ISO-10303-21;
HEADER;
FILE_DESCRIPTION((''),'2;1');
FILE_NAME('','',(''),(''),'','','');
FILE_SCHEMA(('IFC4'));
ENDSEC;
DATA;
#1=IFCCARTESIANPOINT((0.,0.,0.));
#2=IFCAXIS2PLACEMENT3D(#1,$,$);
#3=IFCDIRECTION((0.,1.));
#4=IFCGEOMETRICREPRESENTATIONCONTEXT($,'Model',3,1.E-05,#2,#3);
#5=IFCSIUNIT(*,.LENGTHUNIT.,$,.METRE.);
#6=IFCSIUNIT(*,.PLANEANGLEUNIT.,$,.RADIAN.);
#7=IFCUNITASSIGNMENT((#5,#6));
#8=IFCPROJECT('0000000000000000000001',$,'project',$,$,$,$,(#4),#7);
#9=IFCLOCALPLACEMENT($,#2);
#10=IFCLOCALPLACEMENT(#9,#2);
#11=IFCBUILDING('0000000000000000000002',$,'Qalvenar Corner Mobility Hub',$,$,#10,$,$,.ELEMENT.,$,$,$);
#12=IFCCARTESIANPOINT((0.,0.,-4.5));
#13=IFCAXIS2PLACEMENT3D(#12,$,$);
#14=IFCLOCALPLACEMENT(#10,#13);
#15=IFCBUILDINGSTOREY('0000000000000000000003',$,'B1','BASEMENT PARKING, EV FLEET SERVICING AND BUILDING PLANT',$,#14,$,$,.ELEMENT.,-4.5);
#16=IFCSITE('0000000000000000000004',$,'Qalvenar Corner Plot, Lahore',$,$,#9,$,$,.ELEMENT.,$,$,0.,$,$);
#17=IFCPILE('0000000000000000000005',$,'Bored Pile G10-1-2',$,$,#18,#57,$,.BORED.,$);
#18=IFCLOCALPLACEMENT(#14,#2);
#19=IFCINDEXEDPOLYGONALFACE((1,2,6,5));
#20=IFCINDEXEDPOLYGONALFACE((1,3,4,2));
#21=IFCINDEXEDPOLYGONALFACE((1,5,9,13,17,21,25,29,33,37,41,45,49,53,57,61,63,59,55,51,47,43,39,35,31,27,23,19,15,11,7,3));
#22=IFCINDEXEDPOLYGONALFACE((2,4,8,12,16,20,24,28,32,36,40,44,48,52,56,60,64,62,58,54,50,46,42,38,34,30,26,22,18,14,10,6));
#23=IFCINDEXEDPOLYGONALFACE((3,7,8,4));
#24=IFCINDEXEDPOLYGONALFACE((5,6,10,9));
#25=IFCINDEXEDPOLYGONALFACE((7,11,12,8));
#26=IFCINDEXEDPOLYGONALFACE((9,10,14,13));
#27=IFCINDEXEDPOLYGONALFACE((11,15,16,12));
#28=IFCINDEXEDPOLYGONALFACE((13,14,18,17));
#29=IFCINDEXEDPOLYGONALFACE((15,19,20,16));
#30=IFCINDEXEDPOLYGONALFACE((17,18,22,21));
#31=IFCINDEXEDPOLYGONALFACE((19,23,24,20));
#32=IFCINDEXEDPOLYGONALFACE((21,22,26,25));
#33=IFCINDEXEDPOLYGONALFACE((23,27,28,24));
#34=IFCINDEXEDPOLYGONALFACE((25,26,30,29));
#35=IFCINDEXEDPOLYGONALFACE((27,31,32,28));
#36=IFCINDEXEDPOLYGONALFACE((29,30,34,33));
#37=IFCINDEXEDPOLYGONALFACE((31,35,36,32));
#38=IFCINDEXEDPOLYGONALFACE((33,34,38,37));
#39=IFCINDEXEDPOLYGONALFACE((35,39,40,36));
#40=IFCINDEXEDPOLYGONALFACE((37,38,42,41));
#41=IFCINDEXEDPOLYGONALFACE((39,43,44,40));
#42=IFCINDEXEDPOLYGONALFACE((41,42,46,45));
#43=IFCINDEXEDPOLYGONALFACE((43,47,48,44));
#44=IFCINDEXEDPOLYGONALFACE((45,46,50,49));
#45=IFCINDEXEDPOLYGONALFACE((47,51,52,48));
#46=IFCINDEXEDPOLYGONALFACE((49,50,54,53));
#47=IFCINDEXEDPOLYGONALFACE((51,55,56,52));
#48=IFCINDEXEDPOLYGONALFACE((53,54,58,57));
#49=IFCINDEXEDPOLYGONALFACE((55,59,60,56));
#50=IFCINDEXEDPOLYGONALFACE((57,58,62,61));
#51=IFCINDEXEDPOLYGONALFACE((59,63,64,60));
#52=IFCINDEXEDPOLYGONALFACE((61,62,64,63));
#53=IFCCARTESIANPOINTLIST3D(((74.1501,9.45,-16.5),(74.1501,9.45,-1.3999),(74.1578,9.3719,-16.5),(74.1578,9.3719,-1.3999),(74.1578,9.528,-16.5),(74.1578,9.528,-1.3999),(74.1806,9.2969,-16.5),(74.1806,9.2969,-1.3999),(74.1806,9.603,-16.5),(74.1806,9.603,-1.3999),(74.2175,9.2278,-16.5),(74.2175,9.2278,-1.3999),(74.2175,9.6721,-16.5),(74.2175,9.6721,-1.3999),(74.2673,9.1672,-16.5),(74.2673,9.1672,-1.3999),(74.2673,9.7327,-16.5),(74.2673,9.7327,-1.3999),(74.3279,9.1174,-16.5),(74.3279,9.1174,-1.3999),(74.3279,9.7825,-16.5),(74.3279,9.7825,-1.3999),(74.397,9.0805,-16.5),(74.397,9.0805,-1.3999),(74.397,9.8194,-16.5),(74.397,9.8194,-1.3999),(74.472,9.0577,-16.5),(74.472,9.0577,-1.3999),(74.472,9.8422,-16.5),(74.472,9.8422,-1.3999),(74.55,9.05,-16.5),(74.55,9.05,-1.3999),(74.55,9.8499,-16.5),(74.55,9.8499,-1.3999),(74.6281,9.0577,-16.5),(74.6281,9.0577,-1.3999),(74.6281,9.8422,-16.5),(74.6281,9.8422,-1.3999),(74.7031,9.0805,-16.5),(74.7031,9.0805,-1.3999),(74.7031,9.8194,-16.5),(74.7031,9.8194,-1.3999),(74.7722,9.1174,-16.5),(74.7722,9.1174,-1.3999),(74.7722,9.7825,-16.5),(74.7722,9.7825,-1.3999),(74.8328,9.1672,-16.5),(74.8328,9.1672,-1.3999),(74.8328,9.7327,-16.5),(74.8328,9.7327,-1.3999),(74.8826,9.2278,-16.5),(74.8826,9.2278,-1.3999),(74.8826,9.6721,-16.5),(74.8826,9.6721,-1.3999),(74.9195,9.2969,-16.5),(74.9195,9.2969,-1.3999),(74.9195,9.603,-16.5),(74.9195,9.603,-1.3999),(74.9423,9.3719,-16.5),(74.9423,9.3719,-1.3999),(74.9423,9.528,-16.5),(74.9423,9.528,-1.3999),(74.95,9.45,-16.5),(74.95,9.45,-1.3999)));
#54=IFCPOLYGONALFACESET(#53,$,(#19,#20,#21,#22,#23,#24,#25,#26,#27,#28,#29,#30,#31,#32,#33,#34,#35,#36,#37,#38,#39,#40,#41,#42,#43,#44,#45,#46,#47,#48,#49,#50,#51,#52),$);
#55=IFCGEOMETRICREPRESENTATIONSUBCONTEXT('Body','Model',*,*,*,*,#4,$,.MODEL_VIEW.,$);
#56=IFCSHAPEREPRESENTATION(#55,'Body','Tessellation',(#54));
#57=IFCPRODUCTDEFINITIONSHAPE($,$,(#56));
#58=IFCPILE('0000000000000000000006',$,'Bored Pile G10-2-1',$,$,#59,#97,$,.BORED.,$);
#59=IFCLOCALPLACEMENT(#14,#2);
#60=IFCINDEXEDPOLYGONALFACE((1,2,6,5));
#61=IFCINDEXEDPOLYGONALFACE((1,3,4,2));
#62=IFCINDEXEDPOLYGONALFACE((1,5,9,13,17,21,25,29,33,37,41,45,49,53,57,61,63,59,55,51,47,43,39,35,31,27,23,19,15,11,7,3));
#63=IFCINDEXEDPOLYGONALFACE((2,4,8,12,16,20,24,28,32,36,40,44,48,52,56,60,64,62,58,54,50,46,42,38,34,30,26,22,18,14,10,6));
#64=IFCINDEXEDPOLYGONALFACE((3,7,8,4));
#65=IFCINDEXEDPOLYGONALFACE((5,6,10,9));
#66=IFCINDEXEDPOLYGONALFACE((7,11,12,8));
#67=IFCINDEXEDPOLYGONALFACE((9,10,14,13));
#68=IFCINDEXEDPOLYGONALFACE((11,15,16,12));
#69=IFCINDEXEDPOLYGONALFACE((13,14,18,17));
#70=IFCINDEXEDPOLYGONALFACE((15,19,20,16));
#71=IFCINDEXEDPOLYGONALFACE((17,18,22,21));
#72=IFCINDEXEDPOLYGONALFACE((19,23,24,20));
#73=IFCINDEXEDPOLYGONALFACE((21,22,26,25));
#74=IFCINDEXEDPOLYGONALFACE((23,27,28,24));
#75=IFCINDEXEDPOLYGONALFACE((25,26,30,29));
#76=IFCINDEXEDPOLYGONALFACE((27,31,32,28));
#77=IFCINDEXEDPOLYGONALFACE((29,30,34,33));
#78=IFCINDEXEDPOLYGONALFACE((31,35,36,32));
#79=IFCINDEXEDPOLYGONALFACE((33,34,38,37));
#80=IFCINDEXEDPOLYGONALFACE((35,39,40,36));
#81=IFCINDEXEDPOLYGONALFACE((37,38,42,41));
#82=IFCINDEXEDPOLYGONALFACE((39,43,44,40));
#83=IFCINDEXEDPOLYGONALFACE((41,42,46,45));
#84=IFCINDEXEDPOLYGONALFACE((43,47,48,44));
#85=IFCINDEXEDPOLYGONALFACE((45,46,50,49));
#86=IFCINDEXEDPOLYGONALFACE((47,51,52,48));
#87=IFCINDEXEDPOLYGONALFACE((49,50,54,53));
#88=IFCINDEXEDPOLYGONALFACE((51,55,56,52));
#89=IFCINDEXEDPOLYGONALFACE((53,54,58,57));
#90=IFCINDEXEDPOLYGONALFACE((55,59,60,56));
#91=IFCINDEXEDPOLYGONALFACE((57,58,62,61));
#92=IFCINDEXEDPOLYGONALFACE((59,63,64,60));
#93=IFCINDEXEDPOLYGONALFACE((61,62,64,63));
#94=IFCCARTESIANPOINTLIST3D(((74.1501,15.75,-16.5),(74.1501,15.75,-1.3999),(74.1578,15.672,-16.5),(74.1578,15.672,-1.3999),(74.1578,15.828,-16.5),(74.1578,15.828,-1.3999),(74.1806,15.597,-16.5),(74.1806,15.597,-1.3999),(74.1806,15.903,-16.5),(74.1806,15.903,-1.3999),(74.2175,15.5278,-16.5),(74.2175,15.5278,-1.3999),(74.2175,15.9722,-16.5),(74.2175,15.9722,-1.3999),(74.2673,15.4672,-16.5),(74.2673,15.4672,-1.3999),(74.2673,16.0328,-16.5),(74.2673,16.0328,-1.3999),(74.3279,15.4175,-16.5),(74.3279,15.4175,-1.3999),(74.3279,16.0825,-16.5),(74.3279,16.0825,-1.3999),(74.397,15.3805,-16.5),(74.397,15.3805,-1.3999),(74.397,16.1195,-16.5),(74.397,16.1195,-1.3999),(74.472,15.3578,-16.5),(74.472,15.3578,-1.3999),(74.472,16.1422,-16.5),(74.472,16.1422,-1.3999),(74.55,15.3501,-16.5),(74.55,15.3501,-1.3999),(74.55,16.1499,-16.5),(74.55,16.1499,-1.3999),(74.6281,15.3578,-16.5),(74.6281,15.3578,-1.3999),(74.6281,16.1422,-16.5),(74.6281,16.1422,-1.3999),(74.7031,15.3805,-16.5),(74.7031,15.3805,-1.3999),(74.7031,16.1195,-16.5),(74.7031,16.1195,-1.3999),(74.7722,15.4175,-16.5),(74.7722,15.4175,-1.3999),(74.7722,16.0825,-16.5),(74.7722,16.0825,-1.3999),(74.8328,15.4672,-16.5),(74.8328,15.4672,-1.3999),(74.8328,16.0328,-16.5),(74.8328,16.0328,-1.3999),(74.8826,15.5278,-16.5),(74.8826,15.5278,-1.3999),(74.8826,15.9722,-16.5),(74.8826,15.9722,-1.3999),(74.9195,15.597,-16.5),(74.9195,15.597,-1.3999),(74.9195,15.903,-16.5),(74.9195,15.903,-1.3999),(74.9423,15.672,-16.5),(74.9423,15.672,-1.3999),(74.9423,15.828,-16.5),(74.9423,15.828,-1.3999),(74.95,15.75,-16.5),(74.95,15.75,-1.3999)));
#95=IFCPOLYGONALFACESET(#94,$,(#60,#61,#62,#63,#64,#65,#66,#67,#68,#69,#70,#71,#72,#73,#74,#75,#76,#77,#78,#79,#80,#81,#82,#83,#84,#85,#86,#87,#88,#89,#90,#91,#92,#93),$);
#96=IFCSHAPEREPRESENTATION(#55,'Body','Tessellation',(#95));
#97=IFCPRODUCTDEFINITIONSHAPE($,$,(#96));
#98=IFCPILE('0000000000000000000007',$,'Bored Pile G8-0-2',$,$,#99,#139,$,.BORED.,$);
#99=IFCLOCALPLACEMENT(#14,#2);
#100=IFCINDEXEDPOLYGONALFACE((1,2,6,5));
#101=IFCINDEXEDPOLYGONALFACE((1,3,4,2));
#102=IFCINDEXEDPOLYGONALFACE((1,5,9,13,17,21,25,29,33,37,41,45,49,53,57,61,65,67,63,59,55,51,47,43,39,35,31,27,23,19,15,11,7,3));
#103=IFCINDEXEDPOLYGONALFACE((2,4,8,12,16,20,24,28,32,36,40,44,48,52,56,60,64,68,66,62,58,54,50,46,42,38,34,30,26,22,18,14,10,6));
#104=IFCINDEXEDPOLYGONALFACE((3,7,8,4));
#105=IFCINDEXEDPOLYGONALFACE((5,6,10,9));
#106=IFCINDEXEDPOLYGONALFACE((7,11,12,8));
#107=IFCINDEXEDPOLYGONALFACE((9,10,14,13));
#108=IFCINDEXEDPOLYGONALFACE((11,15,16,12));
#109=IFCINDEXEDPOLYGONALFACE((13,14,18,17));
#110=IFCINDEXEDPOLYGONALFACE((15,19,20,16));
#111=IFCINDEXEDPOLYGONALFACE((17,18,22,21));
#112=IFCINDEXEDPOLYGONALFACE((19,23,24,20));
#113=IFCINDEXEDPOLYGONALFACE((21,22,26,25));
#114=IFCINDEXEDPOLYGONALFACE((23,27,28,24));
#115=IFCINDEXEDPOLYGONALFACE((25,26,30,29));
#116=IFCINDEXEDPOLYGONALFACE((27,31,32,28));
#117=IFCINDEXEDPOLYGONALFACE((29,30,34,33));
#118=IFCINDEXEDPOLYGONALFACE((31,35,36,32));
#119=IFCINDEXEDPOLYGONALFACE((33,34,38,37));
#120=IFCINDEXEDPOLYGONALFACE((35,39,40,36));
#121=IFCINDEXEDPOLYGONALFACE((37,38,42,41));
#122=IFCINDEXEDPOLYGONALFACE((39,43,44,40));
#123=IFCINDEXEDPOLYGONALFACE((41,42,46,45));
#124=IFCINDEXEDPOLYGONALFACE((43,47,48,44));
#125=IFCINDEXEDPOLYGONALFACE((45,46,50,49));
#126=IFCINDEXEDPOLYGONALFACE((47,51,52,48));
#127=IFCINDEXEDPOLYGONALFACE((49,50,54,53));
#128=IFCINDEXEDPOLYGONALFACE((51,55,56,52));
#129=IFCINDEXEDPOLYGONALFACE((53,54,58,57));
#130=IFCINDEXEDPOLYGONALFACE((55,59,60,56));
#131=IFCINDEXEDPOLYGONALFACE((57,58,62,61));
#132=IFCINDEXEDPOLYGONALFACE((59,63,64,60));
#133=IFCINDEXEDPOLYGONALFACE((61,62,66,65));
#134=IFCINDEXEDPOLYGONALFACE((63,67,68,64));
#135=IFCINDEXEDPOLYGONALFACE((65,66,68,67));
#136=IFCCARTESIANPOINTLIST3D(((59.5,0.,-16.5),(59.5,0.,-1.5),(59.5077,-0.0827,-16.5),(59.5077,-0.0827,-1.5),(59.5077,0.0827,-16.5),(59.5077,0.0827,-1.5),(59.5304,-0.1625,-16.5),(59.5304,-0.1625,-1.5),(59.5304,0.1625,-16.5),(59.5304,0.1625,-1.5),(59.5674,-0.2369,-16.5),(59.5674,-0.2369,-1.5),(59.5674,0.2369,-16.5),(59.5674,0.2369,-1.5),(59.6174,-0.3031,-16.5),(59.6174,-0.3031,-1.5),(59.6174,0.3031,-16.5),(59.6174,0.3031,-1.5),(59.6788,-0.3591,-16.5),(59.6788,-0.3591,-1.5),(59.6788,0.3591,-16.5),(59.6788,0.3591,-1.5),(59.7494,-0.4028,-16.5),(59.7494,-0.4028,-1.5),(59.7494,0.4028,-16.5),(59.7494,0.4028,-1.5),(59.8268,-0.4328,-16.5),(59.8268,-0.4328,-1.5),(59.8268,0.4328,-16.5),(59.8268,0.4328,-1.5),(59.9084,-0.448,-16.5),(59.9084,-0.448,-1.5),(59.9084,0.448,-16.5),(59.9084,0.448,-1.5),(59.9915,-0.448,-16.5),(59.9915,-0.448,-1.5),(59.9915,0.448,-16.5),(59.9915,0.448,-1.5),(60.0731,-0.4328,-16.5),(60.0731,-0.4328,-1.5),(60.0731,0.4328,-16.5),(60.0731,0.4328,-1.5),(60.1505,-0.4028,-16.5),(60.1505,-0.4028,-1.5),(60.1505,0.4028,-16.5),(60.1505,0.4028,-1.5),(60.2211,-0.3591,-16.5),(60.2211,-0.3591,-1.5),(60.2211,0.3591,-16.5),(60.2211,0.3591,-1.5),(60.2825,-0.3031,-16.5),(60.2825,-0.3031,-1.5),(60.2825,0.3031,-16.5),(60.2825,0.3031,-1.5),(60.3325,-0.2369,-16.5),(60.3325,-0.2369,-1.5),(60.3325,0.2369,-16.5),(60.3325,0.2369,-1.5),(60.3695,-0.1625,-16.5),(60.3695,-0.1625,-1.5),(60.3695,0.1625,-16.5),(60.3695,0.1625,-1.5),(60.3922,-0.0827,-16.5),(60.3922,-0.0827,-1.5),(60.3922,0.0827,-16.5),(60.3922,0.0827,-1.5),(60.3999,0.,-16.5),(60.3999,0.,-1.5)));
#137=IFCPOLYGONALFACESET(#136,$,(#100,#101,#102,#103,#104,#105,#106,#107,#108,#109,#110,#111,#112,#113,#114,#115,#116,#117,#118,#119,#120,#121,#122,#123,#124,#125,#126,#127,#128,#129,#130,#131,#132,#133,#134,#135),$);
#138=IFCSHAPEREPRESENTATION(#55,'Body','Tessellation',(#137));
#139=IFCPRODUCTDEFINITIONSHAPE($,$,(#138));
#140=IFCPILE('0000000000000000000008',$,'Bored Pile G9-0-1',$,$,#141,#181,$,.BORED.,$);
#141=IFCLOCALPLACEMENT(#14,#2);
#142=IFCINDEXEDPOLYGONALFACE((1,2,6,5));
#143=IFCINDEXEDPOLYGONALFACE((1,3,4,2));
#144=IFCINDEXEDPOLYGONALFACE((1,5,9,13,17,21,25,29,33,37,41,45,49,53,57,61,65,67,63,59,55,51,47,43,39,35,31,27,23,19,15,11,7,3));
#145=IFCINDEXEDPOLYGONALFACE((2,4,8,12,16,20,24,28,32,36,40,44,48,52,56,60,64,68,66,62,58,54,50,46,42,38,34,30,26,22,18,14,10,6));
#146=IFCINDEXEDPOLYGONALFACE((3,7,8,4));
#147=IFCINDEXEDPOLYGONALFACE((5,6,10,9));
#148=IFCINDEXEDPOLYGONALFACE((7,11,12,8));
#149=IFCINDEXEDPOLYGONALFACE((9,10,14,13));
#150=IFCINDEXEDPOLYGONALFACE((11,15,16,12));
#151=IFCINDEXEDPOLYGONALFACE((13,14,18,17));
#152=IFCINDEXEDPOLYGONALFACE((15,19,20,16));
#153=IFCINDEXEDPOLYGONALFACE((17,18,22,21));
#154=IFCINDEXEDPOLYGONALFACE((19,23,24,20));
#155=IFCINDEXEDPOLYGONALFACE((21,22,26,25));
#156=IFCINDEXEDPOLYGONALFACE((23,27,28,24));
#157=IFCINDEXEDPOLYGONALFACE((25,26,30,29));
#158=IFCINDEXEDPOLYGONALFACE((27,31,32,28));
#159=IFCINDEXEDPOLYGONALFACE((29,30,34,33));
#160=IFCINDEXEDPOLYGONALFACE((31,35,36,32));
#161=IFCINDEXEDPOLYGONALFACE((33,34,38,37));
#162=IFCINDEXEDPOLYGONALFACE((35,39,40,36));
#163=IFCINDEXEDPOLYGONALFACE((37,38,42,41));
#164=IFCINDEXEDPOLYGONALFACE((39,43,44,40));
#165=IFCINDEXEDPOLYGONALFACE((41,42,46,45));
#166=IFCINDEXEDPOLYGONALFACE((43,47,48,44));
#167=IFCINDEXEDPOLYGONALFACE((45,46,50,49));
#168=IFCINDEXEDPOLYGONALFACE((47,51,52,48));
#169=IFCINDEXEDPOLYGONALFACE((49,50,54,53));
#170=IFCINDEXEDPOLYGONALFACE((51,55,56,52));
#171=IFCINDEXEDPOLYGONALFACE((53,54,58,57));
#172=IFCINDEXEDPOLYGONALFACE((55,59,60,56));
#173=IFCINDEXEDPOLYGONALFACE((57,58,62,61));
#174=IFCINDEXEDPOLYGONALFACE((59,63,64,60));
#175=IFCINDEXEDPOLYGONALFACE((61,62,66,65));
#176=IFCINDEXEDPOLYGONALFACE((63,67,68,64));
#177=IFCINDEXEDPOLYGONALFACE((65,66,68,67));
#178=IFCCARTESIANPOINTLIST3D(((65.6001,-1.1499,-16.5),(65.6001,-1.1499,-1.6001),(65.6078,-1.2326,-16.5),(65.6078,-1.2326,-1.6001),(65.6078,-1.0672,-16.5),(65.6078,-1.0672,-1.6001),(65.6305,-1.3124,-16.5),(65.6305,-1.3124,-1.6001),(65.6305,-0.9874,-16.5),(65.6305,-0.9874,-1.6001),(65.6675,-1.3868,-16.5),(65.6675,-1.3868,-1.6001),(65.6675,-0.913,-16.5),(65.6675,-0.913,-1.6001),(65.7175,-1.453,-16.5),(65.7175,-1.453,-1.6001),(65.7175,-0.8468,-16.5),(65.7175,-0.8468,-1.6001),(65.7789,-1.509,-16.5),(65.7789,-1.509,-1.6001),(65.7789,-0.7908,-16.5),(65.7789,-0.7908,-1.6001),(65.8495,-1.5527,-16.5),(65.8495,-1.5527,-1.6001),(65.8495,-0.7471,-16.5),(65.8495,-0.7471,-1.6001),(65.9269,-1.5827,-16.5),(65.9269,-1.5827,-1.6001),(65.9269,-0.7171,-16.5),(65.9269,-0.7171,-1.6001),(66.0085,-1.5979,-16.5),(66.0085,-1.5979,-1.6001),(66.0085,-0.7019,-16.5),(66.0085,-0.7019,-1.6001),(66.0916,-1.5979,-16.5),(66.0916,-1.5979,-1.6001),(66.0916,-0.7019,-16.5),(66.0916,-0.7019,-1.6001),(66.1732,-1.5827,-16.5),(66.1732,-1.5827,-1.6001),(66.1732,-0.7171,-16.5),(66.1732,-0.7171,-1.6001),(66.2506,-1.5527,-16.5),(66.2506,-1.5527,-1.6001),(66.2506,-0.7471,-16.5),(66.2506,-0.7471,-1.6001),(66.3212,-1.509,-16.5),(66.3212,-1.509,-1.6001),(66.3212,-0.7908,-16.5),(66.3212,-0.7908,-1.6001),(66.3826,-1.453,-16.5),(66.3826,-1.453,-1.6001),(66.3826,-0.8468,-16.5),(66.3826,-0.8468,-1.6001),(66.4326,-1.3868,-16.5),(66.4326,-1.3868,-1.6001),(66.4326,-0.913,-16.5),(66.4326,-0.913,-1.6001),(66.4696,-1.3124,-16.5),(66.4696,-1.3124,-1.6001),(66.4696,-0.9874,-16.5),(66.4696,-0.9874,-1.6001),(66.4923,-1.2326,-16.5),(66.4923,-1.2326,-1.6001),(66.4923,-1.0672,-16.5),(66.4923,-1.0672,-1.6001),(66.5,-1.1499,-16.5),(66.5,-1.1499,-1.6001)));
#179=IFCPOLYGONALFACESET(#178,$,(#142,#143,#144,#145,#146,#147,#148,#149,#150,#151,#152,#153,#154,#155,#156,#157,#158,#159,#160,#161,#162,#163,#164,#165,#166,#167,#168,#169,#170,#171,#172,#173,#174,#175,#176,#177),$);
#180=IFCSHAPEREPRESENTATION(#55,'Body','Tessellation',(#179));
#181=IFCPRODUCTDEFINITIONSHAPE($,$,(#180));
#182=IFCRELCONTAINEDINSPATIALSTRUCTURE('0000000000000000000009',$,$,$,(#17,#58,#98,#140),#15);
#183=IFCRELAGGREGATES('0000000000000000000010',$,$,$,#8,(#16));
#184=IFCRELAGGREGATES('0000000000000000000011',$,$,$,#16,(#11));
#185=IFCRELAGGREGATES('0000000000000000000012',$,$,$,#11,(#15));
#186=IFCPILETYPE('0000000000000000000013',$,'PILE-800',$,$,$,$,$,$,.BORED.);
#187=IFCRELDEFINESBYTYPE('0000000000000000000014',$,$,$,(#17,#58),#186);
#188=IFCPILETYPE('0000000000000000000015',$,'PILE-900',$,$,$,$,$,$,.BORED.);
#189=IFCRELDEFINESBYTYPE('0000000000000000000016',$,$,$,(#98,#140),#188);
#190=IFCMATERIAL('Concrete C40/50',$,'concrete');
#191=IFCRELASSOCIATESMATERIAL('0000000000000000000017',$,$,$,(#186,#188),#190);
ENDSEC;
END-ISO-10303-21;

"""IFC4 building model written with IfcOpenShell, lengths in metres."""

from ifc_helpers import new_model, si_unit, direction, frame, origin, origin_2d, place, context, subcontext, project, spatial, circle, extrude, material, material_profile, profile_set, type_object, element, save


model = new_model("IFC4")

# Units and contexts
model_context = context("Model", 3, precision=1e-05, world=origin(), true_north=direction((0.0, 1.0)))
body_context = subcontext(model_context, "Body", "Model", "MODEL_VIEW")
ifc_project = project(units=[si_unit("LENGTHUNIT", "METRE"), si_unit("PLANEANGLEUNIT", "RADIAN")], contexts=[model_context])

# Site, building, storey
site_placement = place(None, origin())
site = spatial("IfcSite", under=ifc_project, at=site_placement, Name="Qalvenar Corner Plot, Lahore", CompositionType="ELEMENT", RefElevation=0.0)
building_placement = place(site_placement, origin())
building = spatial("IfcBuilding", under=site, at=building_placement, Name="Qalvenar Corner Mobility Hub", CompositionType="ELEMENT")
storey_placement = place(building_placement, frame((0.0, 0.0, -4.5)))
storey = spatial("IfcBuildingStorey", under=building, at=storey_placement, Name="B1", Description="BASEMENT PARKING, EV FLEET SERVICING AND BUILDING PLANT", CompositionType="ELEMENT", Elevation=-4.5)

# Shared definitions
ifc_material_1 = material(Name="Concrete C40/50", Category="concrete")

# Piles
ifc_material_profile_1 = material_profile(ifc_material_1, circle(Radius=0.3999, at=origin_2d()), Name="DIA800")
ifc_profile_set_1 = profile_set([ifc_material_profile_1], Name="Concrete C40/50")
pile_type_1 = type_object("IfcPileType", Name="PILE-800", PredefinedType="BORED", material=ifc_profile_set_1)
for number, where, z_axis, x_axis, name in (
    (1, (74.55, 9.45, -1.3999), (0.0, 0.0, -1.0), (1.0, 0.0, 0.0), "Bored Pile G10-1-2"),
    (2, (74.55, 15.75, -1.3999), (0.0, 0.0, -1.0), (1.0, 0.0, 0.0), "Bored Pile G10-2-1"),
):
    element("IfcPile", number, at=place(storey_placement, frame(where, z_axis=z_axis, x_axis=x_axis)), inside=storey, type_object=pile_type_1, Name=name, PredefinedType="BORED", context=body_context, shape_type="SweptSolid", body=[
        extrude(circle(Radius=0.3999, at=origin_2d()), origin(), (0.0, 0.0, 1.0), 15.1001),
    ])
ifc_material_profile_2 = material_profile(ifc_material_1, circle(Radius=0.45, at=origin_2d()), Name="DIA900")
ifc_profile_set_2 = profile_set([ifc_material_profile_2], Name="Concrete C40/50")
pile_type_2 = type_object("IfcPileType", Name="PILE-900", PredefinedType="BORED", material=ifc_profile_set_2)
pile_1_placement = place(storey_placement, frame((59.95, 0.0, -1.5), z_axis=(0.0, 0.0, -1.0), x_axis=(1.0, 0.0, 0.0)))
element("IfcPile", 3, at=pile_1_placement, inside=storey, type_object=pile_type_2, Name="Bored Pile G8-0-2", PredefinedType="BORED", context=body_context, shape_type="SweptSolid", body=[
    extrude(circle(Radius=0.45, at=origin_2d()), origin(), (0.0, 0.0, 1.0), 15.0),
])
for number, where, z_axis, x_axis, name in (
    (4, (66.05, -1.1499, -1.6001), (0.0, 0.0, -1.0), (1.0, 0.0, 0.0), "Bored Pile G9-0-1"),
):
    element("IfcPile", number, at=place(storey_placement, frame(where, z_axis=z_axis, x_axis=x_axis)), inside=storey, type_object=pile_type_2, Name=name, PredefinedType="BORED", context=body_context, shape_type="SweptSolid", body=[
        extrude(circle(Radius=0.45, at=origin_2d()), origin(), (0.0, 0.0, 1.0), 14.8999),
    ])

save(model, "model.ifc")
